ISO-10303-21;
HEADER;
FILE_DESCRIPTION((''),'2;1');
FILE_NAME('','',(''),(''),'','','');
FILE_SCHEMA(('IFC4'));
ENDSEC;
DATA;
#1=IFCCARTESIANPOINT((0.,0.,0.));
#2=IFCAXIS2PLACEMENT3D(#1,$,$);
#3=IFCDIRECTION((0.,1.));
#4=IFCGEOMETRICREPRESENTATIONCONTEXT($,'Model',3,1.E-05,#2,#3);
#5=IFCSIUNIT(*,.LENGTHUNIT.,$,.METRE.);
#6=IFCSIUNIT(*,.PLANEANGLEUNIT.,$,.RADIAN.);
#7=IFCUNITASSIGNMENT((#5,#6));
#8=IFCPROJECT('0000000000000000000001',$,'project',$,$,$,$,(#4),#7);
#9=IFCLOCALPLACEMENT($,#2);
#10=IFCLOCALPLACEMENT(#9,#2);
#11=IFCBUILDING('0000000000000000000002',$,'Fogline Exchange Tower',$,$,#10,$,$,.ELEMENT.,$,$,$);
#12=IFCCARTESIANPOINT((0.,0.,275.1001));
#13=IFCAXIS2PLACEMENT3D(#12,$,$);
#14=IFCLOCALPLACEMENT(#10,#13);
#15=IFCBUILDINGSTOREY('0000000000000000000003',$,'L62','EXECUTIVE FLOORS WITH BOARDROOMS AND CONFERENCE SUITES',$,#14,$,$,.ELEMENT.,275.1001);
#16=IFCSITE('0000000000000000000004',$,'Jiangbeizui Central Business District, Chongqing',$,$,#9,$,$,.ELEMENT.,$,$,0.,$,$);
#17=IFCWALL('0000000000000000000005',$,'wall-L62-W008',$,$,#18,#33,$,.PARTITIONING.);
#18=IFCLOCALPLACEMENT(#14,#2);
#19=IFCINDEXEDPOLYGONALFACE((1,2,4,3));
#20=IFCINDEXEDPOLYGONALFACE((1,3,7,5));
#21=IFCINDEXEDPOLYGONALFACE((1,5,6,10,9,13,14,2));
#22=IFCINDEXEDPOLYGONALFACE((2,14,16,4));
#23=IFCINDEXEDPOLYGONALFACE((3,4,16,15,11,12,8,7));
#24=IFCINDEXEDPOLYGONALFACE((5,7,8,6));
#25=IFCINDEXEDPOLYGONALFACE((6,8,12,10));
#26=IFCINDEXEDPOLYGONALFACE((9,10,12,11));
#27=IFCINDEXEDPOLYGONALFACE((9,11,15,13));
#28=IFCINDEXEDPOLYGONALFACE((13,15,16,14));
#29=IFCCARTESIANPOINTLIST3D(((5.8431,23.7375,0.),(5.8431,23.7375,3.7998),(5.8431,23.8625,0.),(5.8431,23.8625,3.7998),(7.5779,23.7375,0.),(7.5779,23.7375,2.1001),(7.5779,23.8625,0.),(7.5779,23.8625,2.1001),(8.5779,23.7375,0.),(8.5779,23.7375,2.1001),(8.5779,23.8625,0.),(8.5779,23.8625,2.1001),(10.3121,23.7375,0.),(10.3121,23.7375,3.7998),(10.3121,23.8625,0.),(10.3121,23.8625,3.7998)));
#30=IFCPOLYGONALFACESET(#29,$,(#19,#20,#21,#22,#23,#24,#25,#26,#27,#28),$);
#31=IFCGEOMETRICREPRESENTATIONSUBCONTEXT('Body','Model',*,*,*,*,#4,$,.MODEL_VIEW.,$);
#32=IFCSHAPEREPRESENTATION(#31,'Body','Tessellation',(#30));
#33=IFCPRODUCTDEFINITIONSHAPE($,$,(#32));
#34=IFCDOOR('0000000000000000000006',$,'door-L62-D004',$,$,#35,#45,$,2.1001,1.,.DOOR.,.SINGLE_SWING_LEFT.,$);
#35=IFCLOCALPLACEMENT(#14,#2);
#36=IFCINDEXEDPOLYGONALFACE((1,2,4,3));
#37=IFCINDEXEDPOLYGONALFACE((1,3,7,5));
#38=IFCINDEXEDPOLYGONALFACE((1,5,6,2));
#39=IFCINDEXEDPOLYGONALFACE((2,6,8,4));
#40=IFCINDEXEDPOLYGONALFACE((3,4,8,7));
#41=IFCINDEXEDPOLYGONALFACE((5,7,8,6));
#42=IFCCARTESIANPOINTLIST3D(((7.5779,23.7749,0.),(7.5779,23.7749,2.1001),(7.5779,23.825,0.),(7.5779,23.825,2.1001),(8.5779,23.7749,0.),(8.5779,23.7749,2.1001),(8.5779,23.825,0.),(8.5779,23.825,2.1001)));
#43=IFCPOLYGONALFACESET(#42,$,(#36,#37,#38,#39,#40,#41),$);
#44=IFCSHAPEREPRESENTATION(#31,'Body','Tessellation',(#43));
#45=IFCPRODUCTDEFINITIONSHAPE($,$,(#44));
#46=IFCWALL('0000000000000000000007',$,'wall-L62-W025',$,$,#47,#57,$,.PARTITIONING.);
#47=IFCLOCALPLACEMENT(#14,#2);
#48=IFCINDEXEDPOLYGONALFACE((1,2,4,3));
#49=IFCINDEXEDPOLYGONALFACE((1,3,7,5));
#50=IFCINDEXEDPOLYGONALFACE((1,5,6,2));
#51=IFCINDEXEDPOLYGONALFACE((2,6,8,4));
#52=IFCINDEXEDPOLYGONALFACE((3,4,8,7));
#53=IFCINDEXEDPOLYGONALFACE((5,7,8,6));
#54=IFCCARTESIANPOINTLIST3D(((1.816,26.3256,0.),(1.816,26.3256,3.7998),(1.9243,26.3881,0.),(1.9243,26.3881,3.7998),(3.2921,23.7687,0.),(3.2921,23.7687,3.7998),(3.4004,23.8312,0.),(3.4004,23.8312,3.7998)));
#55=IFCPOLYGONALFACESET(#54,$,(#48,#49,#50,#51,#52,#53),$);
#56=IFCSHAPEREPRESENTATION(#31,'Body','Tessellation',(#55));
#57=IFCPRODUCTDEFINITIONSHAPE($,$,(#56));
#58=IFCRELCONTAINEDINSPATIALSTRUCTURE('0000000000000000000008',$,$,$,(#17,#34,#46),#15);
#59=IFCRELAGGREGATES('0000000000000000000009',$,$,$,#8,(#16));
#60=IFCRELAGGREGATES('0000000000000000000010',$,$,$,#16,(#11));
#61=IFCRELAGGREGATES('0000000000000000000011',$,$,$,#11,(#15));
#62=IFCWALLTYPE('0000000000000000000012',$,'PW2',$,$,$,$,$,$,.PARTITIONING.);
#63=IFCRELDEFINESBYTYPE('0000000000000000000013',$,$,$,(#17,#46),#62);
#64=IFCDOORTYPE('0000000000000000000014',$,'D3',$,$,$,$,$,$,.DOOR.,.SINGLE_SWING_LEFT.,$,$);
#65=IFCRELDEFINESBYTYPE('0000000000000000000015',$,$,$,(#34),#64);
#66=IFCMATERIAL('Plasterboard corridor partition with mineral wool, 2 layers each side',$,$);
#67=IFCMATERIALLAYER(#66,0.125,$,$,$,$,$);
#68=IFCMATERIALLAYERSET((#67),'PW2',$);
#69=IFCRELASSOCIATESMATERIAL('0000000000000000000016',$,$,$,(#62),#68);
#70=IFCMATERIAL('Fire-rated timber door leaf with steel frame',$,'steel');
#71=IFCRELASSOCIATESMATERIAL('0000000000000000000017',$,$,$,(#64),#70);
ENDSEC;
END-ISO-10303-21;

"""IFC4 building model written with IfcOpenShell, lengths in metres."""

from ifc_helpers import new_model, si_unit, direction, frame, frame_2d, origin, place, context, subcontext, project, spatial, rectangle, extrude, material, layer, layer_set, type_object, element, fill, save


model = new_model("IFC4")

# Units and contexts
model_context = context("Model", 3, precision=1e-05, world=origin(), true_north=direction((0.0, 1.0)))
body_context = subcontext(model_context, "Body", "Model", "MODEL_VIEW")
ifc_project = project(units=[si_unit("LENGTHUNIT", "METRE"), si_unit("PLANEANGLEUNIT", "RADIAN")], contexts=[model_context])

# Site, building, storey
site_placement = place(None, origin())
site = spatial("IfcSite", under=ifc_project, at=site_placement, Name="Jiangbeizui Central Business District, Chongqing", CompositionType="ELEMENT", RefElevation=0.0)
building_placement = place(site_placement, origin())
building = spatial("IfcBuilding", under=site, at=building_placement, Name="Fogline Exchange Tower", CompositionType="ELEMENT")
storey_placement = place(building_placement, frame((0.0, 0.0, 275.1001)))
storey = spatial("IfcBuildingStorey", under=building, at=storey_placement, Name="L62", Description="EXECUTIVE FLOORS WITH BOARDROOMS AND CONFERENCE SUITES", CompositionType="ELEMENT", Elevation=275.1001)

# Shared definitions
ifc_material_1 = material(Name="Plasterboard corridor partition with mineral wool, 2 layers each side")
ifc_layer_1 = layer(ifc_material_1, 0.125)
ifc_layer_set_1 = layer_set([ifc_layer_1], Name="PW2")
wall_type_1 = type_object("IfcWallType", Name="PW2", PredefinedType="PARTITIONING", material=ifc_layer_set_1)

# Wall, opening, door
ifc_material_2 = material(Name="Fire-rated timber door leaf with steel frame", Category="steel")
door_type_1 = type_object("IfcDoorType", Name="D3", OperationType="SINGLE_SWING_LEFT", PredefinedType="DOOR", material=ifc_material_2)
wall_1_placement = place(storey_placement, frame((5.8433, 23.8, 0.0), z_axis=(0.0, 0.0, 1.0), x_axis=(1.0, 0.0, 0.0)))
wall_1 = element("IfcWall", 1, at=wall_1_placement, inside=storey, type_object=wall_type_1, Name="wall-L62-W008", PredefinedType="PARTITIONING", context=body_context, shape_type="SweptSolid", body=[
    extrude(rectangle(XDim=4.469, YDim=0.125, at=frame_2d((2.2344, 0.0))), origin(), (0.0, 0.0, 1.0), 3.7998),
])
opening_1_placement = place(wall_1_placement, frame((1.7346, 0.0, 0.0)))
opening_1 = element("IfcOpeningElement", 2, at=opening_1_placement, cuts=wall_1, PredefinedType="OPENING", context=body_context, shape_type="SweptSolid", body=[
    extrude(rectangle(XDim=1.0, YDim=2.1001, at=frame_2d((0.5, 1.05))), frame((0.0, 0.0725, 0.0), z_axis=(0.0, -1.0, 0.0), x_axis=(1.0, 0.0, 0.0)), (0.0, 0.0, 1.0), 0.145),
])
door_1_placement = place(opening_1_placement, origin())
door_1 = element("IfcDoor", 3, at=door_1_placement, inside=storey, type_object=door_type_1, Name="door-L62-D004", OperationType="SINGLE_SWING_LEFT", OverallHeight=2.1001, OverallWidth=1.0, PredefinedType="DOOR", context=body_context, shape_type="SweptSolid", body=[
    extrude(rectangle(XDim=1.0, YDim=2.1001, at=frame_2d((0.5, 1.05))), frame((0.0, 0.0249, 0.0), z_axis=(0.0, -1.0, 0.0), x_axis=(1.0, 0.0, 0.0)), (0.0, 0.0, 1.0), 0.05),
])
fill(opening_1, door_1)

# Wall
wall_2_placement = place(storey_placement, frame((3.3462, 23.8, 0.0), z_axis=(0.0, 0.0, 1.0), x_axis=(-0.499963, 0.866047, 0.0)))
element("IfcWall", 4, at=wall_2_placement, inside=storey, type_object=wall_type_1, Name="wall-L62-W025", PredefinedType="PARTITIONING", context=body_context, shape_type="SweptSolid", body=[
    extrude(rectangle(XDim=2.9524, YDim=0.125, at=frame_2d((1.4761, 0.0))), origin(), (0.0, 0.0, 1.0), 3.7998),
])

save(model, "model.ifc")
